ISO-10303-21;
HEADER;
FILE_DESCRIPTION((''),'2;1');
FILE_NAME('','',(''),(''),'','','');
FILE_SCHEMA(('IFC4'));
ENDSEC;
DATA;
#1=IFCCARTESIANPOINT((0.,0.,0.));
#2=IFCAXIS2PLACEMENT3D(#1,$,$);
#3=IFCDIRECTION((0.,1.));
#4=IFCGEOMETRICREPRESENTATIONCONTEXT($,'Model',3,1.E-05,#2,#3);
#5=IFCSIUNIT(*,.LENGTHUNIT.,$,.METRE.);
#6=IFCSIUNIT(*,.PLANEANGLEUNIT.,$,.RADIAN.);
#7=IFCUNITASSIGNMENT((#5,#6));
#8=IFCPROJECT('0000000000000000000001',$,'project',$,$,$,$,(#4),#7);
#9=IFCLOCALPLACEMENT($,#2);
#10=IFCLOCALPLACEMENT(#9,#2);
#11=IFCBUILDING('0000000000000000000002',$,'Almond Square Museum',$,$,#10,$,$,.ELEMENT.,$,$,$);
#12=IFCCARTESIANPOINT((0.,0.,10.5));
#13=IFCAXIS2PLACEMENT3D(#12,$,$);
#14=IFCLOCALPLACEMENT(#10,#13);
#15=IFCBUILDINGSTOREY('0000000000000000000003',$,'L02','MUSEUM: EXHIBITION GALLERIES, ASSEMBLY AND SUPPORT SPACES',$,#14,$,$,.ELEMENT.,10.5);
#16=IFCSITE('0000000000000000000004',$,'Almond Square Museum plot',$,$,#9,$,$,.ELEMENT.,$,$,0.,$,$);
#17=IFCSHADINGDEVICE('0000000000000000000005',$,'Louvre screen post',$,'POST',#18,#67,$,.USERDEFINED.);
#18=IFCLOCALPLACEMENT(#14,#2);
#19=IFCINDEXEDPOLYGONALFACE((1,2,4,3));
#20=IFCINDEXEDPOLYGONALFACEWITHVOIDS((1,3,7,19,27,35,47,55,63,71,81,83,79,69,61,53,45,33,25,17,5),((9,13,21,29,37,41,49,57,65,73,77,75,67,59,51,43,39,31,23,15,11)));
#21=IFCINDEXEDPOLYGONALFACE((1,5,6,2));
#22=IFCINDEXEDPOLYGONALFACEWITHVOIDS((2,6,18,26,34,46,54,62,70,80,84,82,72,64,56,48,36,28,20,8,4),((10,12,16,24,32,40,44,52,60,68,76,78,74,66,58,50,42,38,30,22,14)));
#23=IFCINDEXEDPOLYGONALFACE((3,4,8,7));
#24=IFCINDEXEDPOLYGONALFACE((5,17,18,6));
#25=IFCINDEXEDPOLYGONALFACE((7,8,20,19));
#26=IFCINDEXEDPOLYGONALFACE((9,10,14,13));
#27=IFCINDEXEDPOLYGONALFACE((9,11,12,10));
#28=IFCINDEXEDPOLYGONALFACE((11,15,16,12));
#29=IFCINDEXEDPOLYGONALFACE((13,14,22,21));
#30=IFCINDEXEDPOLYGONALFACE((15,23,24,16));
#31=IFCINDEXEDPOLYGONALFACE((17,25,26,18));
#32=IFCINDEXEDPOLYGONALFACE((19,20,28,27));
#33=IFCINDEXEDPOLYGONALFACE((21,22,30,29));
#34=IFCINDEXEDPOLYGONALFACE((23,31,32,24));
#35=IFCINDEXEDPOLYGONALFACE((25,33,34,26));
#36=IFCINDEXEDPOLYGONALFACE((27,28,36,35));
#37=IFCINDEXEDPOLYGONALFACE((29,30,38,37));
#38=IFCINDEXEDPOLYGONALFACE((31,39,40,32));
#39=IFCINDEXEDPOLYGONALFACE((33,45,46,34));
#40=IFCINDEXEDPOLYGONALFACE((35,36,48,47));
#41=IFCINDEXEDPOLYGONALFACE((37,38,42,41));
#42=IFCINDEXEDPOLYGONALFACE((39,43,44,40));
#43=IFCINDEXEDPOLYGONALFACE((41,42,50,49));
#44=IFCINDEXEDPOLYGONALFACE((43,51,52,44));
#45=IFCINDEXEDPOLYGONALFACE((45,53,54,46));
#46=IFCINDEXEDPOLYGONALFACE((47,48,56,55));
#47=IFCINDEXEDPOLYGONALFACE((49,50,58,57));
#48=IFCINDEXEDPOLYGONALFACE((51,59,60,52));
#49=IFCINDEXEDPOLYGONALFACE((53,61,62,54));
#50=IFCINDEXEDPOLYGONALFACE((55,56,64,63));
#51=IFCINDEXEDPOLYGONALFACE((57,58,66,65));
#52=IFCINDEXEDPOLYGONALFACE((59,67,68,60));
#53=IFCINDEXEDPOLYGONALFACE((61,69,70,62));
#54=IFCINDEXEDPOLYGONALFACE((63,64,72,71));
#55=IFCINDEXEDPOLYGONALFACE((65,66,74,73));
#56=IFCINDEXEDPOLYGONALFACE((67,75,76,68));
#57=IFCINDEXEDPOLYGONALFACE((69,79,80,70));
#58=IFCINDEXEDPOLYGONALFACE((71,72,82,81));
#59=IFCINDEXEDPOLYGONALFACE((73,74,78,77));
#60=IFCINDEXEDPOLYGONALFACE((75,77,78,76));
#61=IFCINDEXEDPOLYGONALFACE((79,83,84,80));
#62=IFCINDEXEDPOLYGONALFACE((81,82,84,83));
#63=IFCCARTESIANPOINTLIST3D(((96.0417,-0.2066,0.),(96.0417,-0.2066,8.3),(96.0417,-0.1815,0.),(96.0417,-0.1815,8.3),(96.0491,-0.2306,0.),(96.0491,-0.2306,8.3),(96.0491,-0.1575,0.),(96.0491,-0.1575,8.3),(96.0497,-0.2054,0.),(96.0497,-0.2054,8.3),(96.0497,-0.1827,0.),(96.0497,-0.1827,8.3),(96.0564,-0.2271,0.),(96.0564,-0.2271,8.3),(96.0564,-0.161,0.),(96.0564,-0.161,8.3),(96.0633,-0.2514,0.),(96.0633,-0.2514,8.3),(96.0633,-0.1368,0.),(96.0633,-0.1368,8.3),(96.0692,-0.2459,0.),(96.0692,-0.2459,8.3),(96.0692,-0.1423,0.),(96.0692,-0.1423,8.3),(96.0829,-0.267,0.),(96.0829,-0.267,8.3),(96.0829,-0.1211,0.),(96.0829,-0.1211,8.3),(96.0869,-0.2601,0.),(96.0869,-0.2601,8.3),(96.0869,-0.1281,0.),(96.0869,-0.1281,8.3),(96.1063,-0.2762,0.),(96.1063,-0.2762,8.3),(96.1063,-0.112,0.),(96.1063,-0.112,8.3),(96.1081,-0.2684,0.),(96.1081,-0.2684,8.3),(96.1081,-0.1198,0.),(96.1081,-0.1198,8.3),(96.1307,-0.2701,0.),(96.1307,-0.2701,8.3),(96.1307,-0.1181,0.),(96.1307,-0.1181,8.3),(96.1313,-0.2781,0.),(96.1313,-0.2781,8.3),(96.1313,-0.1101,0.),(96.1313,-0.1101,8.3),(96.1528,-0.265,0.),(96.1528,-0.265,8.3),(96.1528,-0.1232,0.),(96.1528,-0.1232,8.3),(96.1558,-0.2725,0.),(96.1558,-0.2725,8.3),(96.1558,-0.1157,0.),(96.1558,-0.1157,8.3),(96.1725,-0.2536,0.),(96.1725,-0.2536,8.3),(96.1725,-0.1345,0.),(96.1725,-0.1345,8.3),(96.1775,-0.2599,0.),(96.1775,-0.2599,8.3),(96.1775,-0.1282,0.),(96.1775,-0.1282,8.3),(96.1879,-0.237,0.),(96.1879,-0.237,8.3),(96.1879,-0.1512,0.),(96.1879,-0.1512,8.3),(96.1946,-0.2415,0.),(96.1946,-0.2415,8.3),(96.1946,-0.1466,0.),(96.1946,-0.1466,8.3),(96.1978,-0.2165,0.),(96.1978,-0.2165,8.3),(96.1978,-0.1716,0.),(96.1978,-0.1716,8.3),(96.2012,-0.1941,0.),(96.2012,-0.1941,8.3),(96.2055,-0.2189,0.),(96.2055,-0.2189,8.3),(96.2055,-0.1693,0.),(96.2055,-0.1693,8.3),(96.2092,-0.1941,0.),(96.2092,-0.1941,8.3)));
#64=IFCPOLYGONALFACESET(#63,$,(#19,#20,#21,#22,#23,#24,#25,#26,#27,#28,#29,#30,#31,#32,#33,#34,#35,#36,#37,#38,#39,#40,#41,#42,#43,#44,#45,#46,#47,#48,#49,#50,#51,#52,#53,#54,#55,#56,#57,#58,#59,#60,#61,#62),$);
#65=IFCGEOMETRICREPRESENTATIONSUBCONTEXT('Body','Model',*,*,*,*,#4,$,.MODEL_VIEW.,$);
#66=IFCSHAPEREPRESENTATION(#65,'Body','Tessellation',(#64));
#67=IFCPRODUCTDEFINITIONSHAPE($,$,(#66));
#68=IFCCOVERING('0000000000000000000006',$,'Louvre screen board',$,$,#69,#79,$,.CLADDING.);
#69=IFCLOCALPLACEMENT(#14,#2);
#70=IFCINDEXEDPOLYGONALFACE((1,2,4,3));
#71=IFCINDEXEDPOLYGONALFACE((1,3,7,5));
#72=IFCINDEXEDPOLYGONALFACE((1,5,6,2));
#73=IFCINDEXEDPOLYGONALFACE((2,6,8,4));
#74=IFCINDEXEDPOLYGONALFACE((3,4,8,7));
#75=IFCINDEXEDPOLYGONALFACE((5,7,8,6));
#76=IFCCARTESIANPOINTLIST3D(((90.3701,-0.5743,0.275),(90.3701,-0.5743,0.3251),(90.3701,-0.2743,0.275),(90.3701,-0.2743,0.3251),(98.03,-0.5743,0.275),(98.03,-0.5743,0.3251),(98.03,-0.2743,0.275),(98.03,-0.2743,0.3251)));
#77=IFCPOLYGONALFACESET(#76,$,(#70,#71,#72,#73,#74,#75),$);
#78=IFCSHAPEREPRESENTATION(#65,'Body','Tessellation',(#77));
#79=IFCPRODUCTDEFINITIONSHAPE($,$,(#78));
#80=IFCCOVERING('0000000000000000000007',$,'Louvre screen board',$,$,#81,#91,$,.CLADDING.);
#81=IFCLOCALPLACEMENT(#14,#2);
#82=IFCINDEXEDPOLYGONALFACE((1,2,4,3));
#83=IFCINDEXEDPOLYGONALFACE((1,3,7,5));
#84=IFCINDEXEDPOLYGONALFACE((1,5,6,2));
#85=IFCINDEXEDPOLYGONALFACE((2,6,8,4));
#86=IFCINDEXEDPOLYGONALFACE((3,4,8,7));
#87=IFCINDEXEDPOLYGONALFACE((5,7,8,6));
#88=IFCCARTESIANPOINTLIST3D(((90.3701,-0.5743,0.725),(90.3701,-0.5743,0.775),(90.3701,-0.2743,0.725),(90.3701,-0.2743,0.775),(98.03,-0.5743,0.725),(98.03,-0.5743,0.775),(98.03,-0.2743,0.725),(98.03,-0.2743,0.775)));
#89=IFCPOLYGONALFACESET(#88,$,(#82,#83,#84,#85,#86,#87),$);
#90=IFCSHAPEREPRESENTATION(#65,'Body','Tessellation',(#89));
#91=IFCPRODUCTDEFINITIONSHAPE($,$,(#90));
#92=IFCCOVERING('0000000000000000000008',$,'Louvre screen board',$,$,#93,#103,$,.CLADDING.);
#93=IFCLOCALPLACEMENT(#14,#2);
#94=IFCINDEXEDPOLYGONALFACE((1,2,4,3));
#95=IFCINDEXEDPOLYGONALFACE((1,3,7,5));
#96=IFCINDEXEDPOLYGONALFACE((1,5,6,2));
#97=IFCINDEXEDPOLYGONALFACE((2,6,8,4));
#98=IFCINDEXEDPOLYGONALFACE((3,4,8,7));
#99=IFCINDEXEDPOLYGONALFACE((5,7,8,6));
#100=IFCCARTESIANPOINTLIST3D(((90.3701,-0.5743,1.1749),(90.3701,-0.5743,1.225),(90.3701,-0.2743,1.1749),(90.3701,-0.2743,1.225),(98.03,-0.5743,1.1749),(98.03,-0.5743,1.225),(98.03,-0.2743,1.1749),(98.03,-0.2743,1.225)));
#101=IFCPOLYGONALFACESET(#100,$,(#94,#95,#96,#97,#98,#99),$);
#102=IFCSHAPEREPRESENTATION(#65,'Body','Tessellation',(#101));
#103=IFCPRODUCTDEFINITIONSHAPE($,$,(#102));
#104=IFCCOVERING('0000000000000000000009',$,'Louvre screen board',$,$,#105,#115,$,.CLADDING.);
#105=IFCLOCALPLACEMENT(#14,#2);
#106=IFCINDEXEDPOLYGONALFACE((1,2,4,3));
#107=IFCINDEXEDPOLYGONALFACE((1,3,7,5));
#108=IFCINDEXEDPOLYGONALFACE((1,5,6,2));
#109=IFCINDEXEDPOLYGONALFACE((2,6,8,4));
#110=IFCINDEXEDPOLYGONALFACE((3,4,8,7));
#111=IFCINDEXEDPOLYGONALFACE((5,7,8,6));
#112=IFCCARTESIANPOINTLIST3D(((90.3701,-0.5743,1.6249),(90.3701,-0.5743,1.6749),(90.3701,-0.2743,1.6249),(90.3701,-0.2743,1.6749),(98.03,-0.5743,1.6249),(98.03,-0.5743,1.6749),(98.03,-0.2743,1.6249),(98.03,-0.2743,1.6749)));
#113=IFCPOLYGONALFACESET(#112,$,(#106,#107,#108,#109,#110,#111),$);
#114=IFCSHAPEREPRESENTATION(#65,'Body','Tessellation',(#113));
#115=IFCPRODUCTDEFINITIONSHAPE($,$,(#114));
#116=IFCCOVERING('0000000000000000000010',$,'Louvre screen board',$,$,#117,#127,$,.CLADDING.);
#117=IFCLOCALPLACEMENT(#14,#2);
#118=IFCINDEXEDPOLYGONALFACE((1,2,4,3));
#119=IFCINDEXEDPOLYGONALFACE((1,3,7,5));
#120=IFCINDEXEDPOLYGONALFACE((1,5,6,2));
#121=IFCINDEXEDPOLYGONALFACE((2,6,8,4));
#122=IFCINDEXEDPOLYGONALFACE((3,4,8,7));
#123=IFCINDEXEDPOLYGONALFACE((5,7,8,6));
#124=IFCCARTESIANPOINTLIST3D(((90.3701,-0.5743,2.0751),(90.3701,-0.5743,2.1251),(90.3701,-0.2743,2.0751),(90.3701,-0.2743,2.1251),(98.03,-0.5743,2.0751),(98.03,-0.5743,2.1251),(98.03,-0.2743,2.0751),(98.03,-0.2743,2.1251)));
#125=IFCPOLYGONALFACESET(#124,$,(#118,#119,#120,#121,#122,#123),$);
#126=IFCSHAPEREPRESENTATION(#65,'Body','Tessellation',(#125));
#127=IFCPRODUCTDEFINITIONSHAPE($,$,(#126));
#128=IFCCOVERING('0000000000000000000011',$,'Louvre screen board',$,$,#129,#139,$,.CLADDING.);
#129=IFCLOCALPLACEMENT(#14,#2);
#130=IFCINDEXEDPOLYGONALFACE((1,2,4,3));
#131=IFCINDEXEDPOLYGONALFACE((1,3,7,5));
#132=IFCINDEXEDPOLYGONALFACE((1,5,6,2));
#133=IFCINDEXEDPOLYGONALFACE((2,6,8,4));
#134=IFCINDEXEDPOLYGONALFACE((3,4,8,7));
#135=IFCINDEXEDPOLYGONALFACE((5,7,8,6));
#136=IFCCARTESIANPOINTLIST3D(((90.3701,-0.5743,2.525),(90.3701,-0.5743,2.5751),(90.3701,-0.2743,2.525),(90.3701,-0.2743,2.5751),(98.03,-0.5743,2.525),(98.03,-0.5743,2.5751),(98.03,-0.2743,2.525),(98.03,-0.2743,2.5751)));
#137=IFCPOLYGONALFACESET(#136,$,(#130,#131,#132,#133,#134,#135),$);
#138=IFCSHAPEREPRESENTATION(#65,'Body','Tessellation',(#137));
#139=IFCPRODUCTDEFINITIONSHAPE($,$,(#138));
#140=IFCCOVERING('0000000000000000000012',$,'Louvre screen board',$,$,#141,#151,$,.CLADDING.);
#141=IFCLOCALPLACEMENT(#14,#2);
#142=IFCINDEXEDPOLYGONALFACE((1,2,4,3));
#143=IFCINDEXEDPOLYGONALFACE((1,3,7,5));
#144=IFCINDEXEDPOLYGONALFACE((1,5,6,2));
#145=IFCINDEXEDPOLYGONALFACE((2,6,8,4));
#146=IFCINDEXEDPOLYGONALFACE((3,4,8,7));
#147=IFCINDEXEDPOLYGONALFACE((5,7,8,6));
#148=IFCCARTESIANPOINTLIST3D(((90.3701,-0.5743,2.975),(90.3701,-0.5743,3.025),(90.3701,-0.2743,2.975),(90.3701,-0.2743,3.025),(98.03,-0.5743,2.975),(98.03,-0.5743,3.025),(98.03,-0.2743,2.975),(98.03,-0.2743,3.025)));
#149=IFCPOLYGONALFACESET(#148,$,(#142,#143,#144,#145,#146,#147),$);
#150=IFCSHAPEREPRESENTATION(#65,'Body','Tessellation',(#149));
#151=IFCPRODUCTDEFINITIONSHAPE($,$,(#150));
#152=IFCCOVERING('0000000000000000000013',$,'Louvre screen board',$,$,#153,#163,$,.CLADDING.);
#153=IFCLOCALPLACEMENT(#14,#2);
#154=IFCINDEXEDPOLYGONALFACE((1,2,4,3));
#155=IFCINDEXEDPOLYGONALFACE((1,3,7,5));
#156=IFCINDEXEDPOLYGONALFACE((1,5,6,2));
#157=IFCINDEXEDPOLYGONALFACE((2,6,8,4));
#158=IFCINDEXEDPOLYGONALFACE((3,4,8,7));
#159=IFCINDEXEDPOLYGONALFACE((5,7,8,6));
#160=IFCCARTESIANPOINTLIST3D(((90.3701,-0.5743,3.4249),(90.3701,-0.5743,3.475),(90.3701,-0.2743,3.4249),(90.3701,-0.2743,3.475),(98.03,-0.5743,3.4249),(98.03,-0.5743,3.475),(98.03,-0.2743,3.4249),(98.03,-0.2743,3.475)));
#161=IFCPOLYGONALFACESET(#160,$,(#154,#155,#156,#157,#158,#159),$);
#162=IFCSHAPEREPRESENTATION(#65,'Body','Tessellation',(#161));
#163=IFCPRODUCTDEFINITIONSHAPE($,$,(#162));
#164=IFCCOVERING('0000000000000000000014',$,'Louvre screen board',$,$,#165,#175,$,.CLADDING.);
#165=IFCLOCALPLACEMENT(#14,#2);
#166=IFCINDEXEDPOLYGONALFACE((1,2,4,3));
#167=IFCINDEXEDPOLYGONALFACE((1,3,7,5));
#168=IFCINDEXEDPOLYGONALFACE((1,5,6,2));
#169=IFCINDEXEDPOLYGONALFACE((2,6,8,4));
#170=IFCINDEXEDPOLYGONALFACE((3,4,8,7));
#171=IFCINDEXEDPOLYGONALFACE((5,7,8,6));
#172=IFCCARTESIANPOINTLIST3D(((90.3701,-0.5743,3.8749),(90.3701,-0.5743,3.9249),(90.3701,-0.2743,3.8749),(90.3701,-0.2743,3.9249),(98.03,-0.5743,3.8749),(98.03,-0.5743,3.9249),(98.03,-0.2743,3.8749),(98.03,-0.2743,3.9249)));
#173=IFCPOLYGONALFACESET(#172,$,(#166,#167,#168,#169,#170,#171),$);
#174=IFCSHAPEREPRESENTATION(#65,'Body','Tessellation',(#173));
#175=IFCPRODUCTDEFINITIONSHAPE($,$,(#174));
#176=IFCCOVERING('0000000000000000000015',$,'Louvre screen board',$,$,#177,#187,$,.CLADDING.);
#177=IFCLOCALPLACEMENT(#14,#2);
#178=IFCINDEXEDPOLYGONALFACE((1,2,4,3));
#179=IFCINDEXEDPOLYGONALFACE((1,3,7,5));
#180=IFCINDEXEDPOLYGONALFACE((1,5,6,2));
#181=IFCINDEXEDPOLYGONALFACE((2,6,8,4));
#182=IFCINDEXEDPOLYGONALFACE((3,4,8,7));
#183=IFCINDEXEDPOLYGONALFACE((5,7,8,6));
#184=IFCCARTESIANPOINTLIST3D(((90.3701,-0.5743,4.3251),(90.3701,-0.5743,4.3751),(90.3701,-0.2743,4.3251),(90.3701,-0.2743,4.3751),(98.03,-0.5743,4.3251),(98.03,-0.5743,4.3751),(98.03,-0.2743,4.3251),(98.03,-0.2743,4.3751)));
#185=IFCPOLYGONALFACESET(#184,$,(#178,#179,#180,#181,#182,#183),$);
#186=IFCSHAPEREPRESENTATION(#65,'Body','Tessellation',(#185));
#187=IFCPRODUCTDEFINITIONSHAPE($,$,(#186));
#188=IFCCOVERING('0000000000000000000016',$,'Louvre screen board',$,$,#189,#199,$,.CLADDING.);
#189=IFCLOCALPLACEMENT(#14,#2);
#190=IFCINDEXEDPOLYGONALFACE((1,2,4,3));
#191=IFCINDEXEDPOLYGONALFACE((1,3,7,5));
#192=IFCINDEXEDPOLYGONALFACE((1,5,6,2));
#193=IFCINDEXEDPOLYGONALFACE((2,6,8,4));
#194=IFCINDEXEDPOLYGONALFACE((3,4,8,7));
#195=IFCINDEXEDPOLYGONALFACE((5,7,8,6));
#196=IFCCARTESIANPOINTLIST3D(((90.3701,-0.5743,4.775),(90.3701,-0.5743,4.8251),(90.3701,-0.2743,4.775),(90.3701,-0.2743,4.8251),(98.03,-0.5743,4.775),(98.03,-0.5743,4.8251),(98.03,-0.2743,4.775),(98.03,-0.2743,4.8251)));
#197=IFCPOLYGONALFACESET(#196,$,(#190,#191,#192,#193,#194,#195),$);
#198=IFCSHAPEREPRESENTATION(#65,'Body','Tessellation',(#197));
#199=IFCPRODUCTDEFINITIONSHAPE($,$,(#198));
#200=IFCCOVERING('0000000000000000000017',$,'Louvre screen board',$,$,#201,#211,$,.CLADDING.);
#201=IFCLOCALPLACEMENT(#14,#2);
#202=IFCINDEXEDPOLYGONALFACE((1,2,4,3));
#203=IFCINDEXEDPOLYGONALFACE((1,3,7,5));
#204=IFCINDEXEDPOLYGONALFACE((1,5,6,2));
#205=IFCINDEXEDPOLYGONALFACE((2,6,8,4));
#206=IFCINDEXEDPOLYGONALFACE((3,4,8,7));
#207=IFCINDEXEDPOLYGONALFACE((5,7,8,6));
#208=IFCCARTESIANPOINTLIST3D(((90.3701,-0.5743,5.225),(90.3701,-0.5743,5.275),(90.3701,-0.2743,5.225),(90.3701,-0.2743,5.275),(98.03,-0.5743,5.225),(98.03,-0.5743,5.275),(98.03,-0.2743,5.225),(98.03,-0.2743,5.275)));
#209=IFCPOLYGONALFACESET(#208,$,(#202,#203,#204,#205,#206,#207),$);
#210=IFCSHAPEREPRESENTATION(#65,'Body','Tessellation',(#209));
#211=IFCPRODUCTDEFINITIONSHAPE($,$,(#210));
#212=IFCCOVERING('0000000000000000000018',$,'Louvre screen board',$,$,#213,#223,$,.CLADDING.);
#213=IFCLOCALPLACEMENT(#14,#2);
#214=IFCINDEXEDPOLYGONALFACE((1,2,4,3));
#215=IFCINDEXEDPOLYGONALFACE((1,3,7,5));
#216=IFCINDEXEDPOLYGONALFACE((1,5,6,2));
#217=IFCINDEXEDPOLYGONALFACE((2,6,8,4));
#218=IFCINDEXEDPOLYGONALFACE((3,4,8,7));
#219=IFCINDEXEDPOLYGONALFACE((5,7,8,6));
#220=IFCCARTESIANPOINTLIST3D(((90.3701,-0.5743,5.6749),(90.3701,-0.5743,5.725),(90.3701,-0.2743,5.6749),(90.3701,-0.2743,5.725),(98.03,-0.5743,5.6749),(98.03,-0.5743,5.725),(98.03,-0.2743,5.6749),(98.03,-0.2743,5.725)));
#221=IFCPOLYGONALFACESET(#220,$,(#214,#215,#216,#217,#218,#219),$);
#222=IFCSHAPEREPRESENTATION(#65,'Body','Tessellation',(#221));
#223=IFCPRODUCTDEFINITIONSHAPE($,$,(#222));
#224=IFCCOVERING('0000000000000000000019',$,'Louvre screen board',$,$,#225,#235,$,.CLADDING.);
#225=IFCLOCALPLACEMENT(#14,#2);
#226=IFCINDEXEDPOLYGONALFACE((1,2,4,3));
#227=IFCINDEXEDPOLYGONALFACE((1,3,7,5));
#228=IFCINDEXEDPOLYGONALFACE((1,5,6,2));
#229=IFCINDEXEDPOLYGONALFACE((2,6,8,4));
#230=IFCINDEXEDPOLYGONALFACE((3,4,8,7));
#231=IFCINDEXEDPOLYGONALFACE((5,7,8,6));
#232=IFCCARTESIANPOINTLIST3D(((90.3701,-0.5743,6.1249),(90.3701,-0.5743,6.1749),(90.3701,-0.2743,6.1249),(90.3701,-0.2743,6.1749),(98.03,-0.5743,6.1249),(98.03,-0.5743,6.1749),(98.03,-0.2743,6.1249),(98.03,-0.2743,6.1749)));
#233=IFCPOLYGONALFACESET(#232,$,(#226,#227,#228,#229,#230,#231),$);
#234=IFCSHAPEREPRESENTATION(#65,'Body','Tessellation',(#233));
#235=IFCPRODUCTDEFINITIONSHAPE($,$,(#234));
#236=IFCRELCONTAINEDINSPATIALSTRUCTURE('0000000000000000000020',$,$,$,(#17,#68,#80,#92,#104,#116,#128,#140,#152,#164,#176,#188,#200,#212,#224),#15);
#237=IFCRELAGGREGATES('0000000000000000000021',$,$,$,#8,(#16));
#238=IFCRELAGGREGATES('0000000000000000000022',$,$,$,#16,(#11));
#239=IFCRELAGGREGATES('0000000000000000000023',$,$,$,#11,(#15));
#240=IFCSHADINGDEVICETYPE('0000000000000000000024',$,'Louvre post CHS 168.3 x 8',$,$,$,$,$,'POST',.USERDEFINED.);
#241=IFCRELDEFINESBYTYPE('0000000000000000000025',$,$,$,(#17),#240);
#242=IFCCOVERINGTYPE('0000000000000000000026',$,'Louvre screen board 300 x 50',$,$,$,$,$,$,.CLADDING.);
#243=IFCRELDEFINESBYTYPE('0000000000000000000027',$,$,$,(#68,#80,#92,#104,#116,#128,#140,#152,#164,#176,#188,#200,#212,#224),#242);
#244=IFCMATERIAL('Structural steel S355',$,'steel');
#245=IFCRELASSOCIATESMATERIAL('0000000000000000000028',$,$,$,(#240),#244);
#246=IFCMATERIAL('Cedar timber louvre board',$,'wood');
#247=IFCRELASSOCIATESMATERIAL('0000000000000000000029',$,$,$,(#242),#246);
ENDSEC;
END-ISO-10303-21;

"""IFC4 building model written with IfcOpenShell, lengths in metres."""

from ifc_helpers import new_model, si_unit, direction, frame, origin, origin_2d, place, context, subcontext, project, spatial, rectangle, hollow_circle, extrude, material, material_profile, profile_set, type_object, element, save


model = new_model("IFC4")

# Units and contexts
model_context = context("Model", 3, precision=1e-05, world=origin(), true_north=direction((0.0, 1.0)))
body_context = subcontext(model_context, "Body", "Model", "MODEL_VIEW")
ifc_project = project(units=[si_unit("LENGTHUNIT", "METRE"), si_unit("PLANEANGLEUNIT", "RADIAN")], contexts=[model_context])

# Site, building, storey
site_placement = place(None, origin())
site = spatial("IfcSite", under=ifc_project, at=site_placement, Name="Almond Square Museum plot", CompositionType="ELEMENT", RefElevation=0.0)
building_placement = place(site_placement, origin())
building = spatial("IfcBuilding", under=site, at=building_placement, Name="Almond Square Museum", CompositionType="ELEMENT")
storey_placement = place(building_placement, frame((0.0, 0.0, 10.5)))
storey = spatial("IfcBuildingStorey", under=building, at=storey_placement, Name="L02", Description="MUSEUM: EXHIBITION GALLERIES, ASSEMBLY AND SUPPORT SPACES", CompositionType="ELEMENT", Elevation=10.5)

# Shading device
ifc_material_1 = material(Name="Structural steel S355", Category="steel")
ifc_material_profile_1 = material_profile(ifc_material_1, hollow_circle(Radius=0.0842, WallThickness=0.0081, at=origin_2d()))
ifc_profile_set_1 = profile_set([ifc_material_profile_1], Name="Structural steel S355")
shading_device_type = type_object("IfcShadingDeviceType", Name="Louvre post CHS 168.3 x 8", ElementType="POST", PredefinedType="USERDEFINED", material=ifc_profile_set_1)
for number, where, z_axis, x_axis, name in (
    (1, (96.125, -0.1941, 0.0), (0.0, 0.0, 1.0), (1.0, 0.0, 0.0), "Louvre screen post"),
):
    element("IfcShadingDevice", number, at=place(storey_placement, frame(where, z_axis=z_axis, x_axis=x_axis)), inside=storey, type_object=shading_device_type, Name=name, ObjectType="POST", PredefinedType="USERDEFINED", context=body_context, shape_type="SweptSolid", body=[
        extrude(hollow_circle(Radius=0.0842, WallThickness=0.0081, at=origin_2d()), origin(), (0.0, 0.0, 1.0), 8.3),
    ])

# Coverings
ifc_material_2 = material(Name="Cedar timber louvre board", Category="wood")
ifc_material_profile_2 = material_profile(ifc_material_2, rectangle(XDim=0.3, YDim=0.05, at=origin_2d()))
ifc_profile_set_2 = profile_set([ifc_material_profile_2], Name="Cedar timber louvre board")
covering_type = type_object("IfcCoveringType", Name="Louvre screen board 300 x 50", PredefinedType="CLADDING", material=ifc_profile_set_2)
for number, where, z_axis, x_axis, name in (
    (2, (90.3701, -0.4243, 0.3), (1.0, 0.0, 0.0), (0.0, 1.0, 0.0), "Louvre screen board"),
    (3, (90.3701, -0.4243, 0.75), (1.0, 0.0, 0.0), (0.0, 1.0, 0.0), "Louvre screen board"),
    (4, (90.3701, -0.4243, 1.2), (1.0, 0.0, 0.0), (0.0, 1.0, 0.0), "Louvre screen board"),
    (5, (90.3701, -0.4243, 1.6499), (1.0, 0.0, 0.0), (0.0, 1.0, 0.0), "Louvre screen board"),
    (6, (90.3701, -0.4243, 2.1001), (1.0, 0.0, 0.0), (0.0, 1.0, 0.0), "Louvre screen board"),
    (7, (90.3701, -0.4243, 2.55), (1.0, 0.0, 0.0), (0.0, 1.0, 0.0), "Louvre screen board"),
    (8, (90.3701, -0.4243, 3.0), (1.0, 0.0, 0.0), (0.0, 1.0, 0.0), "Louvre screen board"),
    (9, (90.3701, -0.4243, 3.45), (1.0, 0.0, 0.0), (0.0, 1.0, 0.0), "Louvre screen board"),
    (10, (90.3701, -0.4243, 3.8999), (1.0, 0.0, 0.0), (0.0, 1.0, 0.0), "Louvre screen board"),
    (11, (90.3701, -0.4243, 4.3501), (1.0, 0.0, 0.0), (0.0, 1.0, 0.0), "Louvre screen board"),
    (12, (90.3701, -0.4243, 4.8), (1.0, 0.0, 0.0), (0.0, 1.0, 0.0), "Louvre screen board"),
    (13, (90.3701, -0.4243, 5.25), (1.0, 0.0, 0.0), (0.0, 1.0, 0.0), "Louvre screen board"),
    (14, (90.3701, -0.4243, 5.7), (1.0, 0.0, 0.0), (0.0, 1.0, 0.0), "Louvre screen board"),
    (15, (90.3701, -0.4243, 6.1499), (1.0, 0.0, 0.0), (0.0, 1.0, 0.0), "Louvre screen board"),
):
    element("IfcCovering", number, at=place(storey_placement, frame(where, z_axis=z_axis, x_axis=x_axis)), inside=storey, type_object=covering_type, Name=name, PredefinedType="CLADDING", context=body_context, shape_type="SweptSolid", body=[
        extrude(rectangle(XDim=0.3, YDim=0.05, at=origin_2d()), origin(), (0.0, 0.0, 1.0), 7.6599),
    ])

save(model, "model.ifc")
